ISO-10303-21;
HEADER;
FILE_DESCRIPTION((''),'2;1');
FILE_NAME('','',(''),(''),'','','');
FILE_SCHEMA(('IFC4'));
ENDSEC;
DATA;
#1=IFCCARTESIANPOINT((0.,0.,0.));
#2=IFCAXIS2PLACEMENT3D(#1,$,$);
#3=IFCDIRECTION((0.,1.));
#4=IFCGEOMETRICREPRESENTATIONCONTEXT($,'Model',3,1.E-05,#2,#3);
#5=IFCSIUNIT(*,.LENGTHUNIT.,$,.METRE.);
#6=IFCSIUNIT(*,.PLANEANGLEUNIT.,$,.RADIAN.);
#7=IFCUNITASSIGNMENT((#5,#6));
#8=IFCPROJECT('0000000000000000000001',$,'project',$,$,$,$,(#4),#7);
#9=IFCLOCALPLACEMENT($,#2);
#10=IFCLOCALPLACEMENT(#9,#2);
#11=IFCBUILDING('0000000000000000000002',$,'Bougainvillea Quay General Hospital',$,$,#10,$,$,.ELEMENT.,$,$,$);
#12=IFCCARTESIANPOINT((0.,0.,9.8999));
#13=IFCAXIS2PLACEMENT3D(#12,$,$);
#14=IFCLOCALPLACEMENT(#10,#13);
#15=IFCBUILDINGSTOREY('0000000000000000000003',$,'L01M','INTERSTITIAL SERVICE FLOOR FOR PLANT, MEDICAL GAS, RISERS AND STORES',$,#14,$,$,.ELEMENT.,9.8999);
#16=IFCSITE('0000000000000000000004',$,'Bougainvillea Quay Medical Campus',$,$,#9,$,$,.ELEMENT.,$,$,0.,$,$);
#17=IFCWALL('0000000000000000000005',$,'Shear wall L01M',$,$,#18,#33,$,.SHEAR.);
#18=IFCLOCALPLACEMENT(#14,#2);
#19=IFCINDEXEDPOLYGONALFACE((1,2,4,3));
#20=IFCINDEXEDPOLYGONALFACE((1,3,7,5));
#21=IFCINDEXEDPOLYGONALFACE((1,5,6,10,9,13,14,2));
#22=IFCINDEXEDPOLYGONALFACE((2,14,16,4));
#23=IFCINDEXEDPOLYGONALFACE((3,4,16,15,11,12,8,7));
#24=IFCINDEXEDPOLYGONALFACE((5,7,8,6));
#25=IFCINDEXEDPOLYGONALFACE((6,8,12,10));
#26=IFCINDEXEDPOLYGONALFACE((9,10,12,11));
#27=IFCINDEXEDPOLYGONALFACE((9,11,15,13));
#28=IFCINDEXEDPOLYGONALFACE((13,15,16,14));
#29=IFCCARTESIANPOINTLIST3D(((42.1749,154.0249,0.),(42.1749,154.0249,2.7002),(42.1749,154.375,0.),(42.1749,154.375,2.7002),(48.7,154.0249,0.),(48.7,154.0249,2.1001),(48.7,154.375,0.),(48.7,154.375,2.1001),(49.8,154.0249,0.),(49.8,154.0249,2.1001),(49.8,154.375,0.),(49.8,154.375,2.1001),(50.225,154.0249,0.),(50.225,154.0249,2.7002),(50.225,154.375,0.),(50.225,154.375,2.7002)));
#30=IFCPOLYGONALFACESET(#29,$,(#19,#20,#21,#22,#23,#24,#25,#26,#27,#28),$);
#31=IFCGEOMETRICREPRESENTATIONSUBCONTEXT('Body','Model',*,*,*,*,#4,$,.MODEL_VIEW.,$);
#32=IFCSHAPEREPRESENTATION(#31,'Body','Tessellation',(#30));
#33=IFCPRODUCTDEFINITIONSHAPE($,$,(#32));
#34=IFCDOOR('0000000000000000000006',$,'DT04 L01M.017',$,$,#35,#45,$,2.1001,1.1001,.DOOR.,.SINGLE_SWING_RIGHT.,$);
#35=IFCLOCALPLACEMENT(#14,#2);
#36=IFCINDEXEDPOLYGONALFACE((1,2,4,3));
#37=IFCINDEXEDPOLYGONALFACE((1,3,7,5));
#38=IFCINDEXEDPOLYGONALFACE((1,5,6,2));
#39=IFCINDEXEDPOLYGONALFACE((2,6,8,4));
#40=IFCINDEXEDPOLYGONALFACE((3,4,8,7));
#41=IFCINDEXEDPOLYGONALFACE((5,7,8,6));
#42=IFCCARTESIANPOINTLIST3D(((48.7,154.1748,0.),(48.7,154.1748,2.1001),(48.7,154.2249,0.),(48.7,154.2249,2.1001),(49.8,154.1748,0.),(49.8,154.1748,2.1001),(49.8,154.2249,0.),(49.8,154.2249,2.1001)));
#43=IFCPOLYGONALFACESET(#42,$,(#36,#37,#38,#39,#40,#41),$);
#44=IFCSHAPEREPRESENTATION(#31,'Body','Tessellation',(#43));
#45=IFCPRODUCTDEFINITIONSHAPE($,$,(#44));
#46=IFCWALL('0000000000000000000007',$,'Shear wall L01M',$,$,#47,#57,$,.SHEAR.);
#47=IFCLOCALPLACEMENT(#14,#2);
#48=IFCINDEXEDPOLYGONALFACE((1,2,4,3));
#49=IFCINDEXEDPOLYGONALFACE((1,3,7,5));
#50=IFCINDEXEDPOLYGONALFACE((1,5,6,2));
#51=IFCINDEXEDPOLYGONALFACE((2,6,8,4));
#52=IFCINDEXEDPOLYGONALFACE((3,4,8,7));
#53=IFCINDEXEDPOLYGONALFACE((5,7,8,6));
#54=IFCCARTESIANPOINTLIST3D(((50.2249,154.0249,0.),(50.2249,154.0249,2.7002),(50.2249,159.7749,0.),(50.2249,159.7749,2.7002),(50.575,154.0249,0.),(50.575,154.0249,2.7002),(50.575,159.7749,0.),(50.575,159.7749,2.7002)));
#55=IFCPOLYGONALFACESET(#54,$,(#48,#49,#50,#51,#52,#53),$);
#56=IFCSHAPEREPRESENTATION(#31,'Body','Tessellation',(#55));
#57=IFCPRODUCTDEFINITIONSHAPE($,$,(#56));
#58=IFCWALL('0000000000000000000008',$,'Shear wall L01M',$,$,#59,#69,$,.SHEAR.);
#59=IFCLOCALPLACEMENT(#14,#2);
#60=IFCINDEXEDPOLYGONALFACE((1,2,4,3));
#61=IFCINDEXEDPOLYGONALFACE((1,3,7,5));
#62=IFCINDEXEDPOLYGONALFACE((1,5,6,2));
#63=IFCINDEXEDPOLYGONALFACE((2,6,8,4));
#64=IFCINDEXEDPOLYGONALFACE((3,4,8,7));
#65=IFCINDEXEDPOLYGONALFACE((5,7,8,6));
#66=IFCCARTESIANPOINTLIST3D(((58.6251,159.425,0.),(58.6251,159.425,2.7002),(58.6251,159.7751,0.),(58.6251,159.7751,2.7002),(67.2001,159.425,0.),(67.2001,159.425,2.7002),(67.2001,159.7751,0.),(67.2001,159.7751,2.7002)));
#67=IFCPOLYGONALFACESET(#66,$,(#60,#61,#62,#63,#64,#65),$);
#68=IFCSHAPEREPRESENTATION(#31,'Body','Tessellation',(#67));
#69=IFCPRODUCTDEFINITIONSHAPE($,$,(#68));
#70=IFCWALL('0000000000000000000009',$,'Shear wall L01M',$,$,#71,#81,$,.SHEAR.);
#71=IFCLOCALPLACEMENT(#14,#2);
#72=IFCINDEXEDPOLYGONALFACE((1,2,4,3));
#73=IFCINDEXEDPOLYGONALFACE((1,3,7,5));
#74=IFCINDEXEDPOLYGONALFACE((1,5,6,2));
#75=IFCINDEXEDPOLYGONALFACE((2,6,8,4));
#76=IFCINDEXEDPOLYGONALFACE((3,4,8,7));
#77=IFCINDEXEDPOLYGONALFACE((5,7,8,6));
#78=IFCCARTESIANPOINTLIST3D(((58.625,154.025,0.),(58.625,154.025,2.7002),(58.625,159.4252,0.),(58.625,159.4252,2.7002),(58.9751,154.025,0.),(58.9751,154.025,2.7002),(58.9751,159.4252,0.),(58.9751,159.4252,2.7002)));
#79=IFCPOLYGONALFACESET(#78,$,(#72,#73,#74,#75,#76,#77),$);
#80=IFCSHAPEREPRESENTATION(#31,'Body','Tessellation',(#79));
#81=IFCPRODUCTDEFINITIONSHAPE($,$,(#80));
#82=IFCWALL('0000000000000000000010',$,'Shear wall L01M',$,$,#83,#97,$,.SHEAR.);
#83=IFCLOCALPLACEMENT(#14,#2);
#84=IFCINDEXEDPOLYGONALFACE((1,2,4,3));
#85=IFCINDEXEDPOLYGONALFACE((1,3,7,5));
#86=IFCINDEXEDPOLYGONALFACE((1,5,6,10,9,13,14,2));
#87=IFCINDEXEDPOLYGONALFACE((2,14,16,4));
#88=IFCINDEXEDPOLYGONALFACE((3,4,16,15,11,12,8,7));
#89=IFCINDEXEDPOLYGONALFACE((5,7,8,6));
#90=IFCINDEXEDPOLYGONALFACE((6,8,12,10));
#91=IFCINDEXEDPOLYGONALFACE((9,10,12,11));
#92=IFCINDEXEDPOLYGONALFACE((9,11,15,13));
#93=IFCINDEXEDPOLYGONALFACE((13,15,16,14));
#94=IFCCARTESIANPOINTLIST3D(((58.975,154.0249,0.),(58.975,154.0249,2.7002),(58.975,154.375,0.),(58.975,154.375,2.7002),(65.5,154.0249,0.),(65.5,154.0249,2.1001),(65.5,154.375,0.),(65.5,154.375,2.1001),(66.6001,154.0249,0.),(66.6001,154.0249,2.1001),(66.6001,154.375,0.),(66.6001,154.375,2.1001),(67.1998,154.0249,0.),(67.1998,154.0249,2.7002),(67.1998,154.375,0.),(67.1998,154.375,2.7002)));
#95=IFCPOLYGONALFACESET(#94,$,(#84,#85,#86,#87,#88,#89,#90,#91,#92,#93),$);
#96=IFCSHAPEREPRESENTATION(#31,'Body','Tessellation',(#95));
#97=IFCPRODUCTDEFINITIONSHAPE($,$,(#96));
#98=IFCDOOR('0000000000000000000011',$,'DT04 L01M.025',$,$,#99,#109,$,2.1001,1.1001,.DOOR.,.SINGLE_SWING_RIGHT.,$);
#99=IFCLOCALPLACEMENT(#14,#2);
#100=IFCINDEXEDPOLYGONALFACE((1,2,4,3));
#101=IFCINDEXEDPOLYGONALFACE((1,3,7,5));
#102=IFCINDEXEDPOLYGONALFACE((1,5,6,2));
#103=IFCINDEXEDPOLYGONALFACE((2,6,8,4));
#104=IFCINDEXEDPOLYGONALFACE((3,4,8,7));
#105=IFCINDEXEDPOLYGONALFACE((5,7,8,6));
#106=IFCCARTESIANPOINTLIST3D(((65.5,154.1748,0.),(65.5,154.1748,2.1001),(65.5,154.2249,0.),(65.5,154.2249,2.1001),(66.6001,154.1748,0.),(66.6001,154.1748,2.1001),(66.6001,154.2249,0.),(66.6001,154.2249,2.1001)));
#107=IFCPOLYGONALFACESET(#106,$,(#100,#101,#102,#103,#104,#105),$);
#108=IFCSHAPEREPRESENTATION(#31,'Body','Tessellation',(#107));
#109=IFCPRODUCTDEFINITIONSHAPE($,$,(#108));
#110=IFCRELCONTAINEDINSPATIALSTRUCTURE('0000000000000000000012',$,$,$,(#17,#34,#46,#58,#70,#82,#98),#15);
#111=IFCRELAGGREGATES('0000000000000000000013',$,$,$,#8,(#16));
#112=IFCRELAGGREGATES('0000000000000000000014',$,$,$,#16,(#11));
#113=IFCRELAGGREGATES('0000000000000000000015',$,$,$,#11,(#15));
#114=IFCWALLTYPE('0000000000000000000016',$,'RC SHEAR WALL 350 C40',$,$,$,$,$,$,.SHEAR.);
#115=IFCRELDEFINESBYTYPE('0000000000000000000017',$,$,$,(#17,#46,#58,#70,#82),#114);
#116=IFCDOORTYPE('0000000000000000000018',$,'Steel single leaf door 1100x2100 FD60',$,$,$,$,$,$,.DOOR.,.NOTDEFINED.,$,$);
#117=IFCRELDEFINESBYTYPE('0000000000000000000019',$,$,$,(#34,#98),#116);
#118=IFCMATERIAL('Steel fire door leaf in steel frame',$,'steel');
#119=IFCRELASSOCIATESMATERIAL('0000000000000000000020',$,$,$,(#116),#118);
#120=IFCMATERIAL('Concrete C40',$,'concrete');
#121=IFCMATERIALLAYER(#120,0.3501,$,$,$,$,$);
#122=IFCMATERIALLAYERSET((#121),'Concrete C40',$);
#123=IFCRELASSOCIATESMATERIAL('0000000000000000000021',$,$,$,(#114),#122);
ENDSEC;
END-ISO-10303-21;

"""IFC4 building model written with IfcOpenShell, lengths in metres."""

from ifc_helpers import new_model, si_unit, direction, frame, frame_2d, origin, place, context, subcontext, project, spatial, rectangle, extrude, material, layer, layer_set, type_object, element, fill, save


model = new_model("IFC4")

# Units and contexts
model_context = context("Model", 3, precision=1e-05, world=origin(), true_north=direction((0.0, 1.0)))
body_context = subcontext(model_context, "Body", "Model", "MODEL_VIEW")
ifc_project = project(units=[si_unit("LENGTHUNIT", "METRE"), si_unit("PLANEANGLEUNIT", "RADIAN")], contexts=[model_context])

# Site, building, storey
site_placement = place(None, origin())
site = spatial("IfcSite", under=ifc_project, at=site_placement, Name="Bougainvillea Quay Medical Campus", CompositionType="ELEMENT", RefElevation=0.0)
building_placement = place(site_placement, origin())
building = spatial("IfcBuilding", under=site, at=building_placement, Name="Bougainvillea Quay General Hospital", CompositionType="ELEMENT")
storey_placement = place(building_placement, frame((0.0, 0.0, 9.8999)))
storey = spatial("IfcBuildingStorey", under=building, at=storey_placement, Name="L01M", Description="INTERSTITIAL SERVICE FLOOR FOR PLANT, MEDICAL GAS, RISERS AND STORES", CompositionType="ELEMENT", Elevation=9.8999)

# Shared definitions
ifc_material_1 = material(Name="Concrete C40", Category="concrete")

# Shared definitions
ifc_material_2 = material(Name="Steel fire door leaf in steel frame", Category="steel")
door_type = type_object("IfcDoorType", Name="Steel single leaf door 1100x2100 FD60", OperationType="NOTDEFINED", PredefinedType="DOOR", material=ifc_material_2)

# Shared definitions
ifc_layer_1 = layer(ifc_material_1, 0.3501)
ifc_layer_set_1 = layer_set([ifc_layer_1], Name="Concrete C40")
wall_type_1 = type_object("IfcWallType", Name="RC SHEAR WALL 350 C40", PredefinedType="SHEAR", material=ifc_layer_set_1)

# Wall, opening, door
wall_1_placement = place(storey_placement, frame((42.175, 154.2, 0.0), z_axis=(0.0, 0.0, 1.0), x_axis=(1.0, 0.0, 0.0)))
wall_1 = element("IfcWall", 1, at=wall_1_placement, inside=storey, type_object=wall_type_1, Name="Shear wall L01M", PredefinedType="SHEAR", context=body_context, shape_type="SweptSolid", body=[
    extrude(rectangle(XDim=8.05, YDim=0.3501, at=frame_2d((4.0249, 0.0))), origin(), (0.0, 0.0, 1.0), 2.7002),
])
opening_1_placement = place(wall_1_placement, frame((6.5249, 0.0, 0.0)))
opening_1 = element("IfcOpeningElement", 2, at=opening_1_placement, cuts=wall_1, PredefinedType="OPENING", context=body_context, shape_type="SweptSolid", body=[
    extrude(rectangle(XDim=1.1001, YDim=2.1001, at=frame_2d((0.55, 1.05))), frame((0.0, 0.1851, 0.0), z_axis=(0.0, -1.0, 0.0), x_axis=(1.0, 0.0, 0.0)), (0.0, 0.0, 1.0), 0.3701),
])
door_1_placement = place(opening_1_placement, origin())
door_1 = element("IfcDoor", 3, at=door_1_placement, inside=storey, type_object=door_type, Name="DT04 L01M.017", OperationType="SINGLE_SWING_RIGHT", OverallHeight=2.1001, OverallWidth=1.1001, PredefinedType="DOOR", context=body_context, shape_type="SweptSolid", body=[
    extrude(rectangle(XDim=1.1001, YDim=2.1001, at=frame_2d((0.55, 1.05))), frame((0.0, 0.0249, 0.0), z_axis=(0.0, -1.0, 0.0), x_axis=(1.0, 0.0, 0.0)), (0.0, 0.0, 1.0), 0.05),
])
fill(opening_1, door_1)

# Walls
wall_2_placement = place(storey_placement, frame((50.3999, 154.0249, 0.0), z_axis=(0.0, 0.0, 1.0), x_axis=(0.0, 1.0, 0.0)))
element("IfcWall", 4, at=wall_2_placement, inside=storey, type_object=wall_type_1, Name="Shear wall L01M", PredefinedType="SHEAR", context=body_context, shape_type="SweptSolid", body=[
    extrude(rectangle(XDim=5.75, YDim=0.3501, at=frame_2d((2.875, 0.0))), origin(), (0.0, 0.0, 1.0), 2.7002),
])
wall_3_placement = place(storey_placement, frame((58.625, 159.6001, 0.0), z_axis=(0.0, 0.0, 1.0), x_axis=(1.0, 0.0, 0.0)))
element("IfcWall", 5, at=wall_3_placement, inside=storey, type_object=wall_type_1, Name="Shear wall L01M", PredefinedType="SHEAR", context=body_context, shape_type="SweptSolid", body=[
    extrude(rectangle(XDim=8.575, YDim=0.3501, at=frame_2d((4.2876, 0.0))), origin(), (0.0, 0.0, 1.0), 2.7002),
])
wall_4_placement = place(storey_placement, frame((58.8, 154.0249, 0.0), z_axis=(0.0, 0.0, 1.0), x_axis=(0.0, 1.0, 0.0)))
element("IfcWall", 6, at=wall_4_placement, inside=storey, type_object=wall_type_1, Name="Shear wall L01M", PredefinedType="SHEAR", context=body_context, shape_type="SweptSolid", body=[
    extrude(rectangle(XDim=5.4001, YDim=0.3501, at=frame_2d((2.7002, 0.0))), origin(), (0.0, 0.0, 1.0), 2.7002),
])

# Wall, opening, door
wall_5_placement = place(storey_placement, frame((58.9751, 154.2, 0.0), z_axis=(0.0, 0.0, 1.0), x_axis=(1.0, 0.0, 0.0)))
wall_5 = element("IfcWall", 7, at=wall_5_placement, inside=storey, type_object=wall_type_1, Name="Shear wall L01M", PredefinedType="SHEAR", context=body_context, shape_type="SweptSolid", body=[
    extrude(rectangle(XDim=8.2249, YDim=0.3501, at=frame_2d((4.1123, 0.0))), origin(), (0.0, 0.0, 1.0), 2.7002),
])
opening_2_placement = place(wall_5_placement, frame((6.5249, 0.0, 0.0)))
opening_2 = element("IfcOpeningElement", 8, at=opening_2_placement, cuts=wall_5, PredefinedType="OPENING", context=body_context, shape_type="SweptSolid", body=[
    extrude(rectangle(XDim=1.1001, YDim=2.1001, at=frame_2d((0.55, 1.05))), frame((0.0, 0.1851, 0.0), z_axis=(0.0, -1.0, 0.0), x_axis=(1.0, 0.0, 0.0)), (0.0, 0.0, 1.0), 0.3701),
])
door_2_placement = place(opening_2_placement, origin())
door_2 = element("IfcDoor", 9, at=door_2_placement, inside=storey, type_object=door_type, Name="DT04 L01M.025", OperationType="SINGLE_SWING_RIGHT", OverallHeight=2.1001, OverallWidth=1.1001, PredefinedType="DOOR", context=body_context, shape_type="SweptSolid", body=[
    extrude(rectangle(XDim=1.1001, YDim=2.1001, at=frame_2d((0.55, 1.05))), frame((0.0, 0.0249, 0.0), z_axis=(0.0, -1.0, 0.0), x_axis=(1.0, 0.0, 0.0)), (0.0, 0.0, 1.0), 0.05),
])
fill(opening_2, door_2)

save(model, "model.ifc")
